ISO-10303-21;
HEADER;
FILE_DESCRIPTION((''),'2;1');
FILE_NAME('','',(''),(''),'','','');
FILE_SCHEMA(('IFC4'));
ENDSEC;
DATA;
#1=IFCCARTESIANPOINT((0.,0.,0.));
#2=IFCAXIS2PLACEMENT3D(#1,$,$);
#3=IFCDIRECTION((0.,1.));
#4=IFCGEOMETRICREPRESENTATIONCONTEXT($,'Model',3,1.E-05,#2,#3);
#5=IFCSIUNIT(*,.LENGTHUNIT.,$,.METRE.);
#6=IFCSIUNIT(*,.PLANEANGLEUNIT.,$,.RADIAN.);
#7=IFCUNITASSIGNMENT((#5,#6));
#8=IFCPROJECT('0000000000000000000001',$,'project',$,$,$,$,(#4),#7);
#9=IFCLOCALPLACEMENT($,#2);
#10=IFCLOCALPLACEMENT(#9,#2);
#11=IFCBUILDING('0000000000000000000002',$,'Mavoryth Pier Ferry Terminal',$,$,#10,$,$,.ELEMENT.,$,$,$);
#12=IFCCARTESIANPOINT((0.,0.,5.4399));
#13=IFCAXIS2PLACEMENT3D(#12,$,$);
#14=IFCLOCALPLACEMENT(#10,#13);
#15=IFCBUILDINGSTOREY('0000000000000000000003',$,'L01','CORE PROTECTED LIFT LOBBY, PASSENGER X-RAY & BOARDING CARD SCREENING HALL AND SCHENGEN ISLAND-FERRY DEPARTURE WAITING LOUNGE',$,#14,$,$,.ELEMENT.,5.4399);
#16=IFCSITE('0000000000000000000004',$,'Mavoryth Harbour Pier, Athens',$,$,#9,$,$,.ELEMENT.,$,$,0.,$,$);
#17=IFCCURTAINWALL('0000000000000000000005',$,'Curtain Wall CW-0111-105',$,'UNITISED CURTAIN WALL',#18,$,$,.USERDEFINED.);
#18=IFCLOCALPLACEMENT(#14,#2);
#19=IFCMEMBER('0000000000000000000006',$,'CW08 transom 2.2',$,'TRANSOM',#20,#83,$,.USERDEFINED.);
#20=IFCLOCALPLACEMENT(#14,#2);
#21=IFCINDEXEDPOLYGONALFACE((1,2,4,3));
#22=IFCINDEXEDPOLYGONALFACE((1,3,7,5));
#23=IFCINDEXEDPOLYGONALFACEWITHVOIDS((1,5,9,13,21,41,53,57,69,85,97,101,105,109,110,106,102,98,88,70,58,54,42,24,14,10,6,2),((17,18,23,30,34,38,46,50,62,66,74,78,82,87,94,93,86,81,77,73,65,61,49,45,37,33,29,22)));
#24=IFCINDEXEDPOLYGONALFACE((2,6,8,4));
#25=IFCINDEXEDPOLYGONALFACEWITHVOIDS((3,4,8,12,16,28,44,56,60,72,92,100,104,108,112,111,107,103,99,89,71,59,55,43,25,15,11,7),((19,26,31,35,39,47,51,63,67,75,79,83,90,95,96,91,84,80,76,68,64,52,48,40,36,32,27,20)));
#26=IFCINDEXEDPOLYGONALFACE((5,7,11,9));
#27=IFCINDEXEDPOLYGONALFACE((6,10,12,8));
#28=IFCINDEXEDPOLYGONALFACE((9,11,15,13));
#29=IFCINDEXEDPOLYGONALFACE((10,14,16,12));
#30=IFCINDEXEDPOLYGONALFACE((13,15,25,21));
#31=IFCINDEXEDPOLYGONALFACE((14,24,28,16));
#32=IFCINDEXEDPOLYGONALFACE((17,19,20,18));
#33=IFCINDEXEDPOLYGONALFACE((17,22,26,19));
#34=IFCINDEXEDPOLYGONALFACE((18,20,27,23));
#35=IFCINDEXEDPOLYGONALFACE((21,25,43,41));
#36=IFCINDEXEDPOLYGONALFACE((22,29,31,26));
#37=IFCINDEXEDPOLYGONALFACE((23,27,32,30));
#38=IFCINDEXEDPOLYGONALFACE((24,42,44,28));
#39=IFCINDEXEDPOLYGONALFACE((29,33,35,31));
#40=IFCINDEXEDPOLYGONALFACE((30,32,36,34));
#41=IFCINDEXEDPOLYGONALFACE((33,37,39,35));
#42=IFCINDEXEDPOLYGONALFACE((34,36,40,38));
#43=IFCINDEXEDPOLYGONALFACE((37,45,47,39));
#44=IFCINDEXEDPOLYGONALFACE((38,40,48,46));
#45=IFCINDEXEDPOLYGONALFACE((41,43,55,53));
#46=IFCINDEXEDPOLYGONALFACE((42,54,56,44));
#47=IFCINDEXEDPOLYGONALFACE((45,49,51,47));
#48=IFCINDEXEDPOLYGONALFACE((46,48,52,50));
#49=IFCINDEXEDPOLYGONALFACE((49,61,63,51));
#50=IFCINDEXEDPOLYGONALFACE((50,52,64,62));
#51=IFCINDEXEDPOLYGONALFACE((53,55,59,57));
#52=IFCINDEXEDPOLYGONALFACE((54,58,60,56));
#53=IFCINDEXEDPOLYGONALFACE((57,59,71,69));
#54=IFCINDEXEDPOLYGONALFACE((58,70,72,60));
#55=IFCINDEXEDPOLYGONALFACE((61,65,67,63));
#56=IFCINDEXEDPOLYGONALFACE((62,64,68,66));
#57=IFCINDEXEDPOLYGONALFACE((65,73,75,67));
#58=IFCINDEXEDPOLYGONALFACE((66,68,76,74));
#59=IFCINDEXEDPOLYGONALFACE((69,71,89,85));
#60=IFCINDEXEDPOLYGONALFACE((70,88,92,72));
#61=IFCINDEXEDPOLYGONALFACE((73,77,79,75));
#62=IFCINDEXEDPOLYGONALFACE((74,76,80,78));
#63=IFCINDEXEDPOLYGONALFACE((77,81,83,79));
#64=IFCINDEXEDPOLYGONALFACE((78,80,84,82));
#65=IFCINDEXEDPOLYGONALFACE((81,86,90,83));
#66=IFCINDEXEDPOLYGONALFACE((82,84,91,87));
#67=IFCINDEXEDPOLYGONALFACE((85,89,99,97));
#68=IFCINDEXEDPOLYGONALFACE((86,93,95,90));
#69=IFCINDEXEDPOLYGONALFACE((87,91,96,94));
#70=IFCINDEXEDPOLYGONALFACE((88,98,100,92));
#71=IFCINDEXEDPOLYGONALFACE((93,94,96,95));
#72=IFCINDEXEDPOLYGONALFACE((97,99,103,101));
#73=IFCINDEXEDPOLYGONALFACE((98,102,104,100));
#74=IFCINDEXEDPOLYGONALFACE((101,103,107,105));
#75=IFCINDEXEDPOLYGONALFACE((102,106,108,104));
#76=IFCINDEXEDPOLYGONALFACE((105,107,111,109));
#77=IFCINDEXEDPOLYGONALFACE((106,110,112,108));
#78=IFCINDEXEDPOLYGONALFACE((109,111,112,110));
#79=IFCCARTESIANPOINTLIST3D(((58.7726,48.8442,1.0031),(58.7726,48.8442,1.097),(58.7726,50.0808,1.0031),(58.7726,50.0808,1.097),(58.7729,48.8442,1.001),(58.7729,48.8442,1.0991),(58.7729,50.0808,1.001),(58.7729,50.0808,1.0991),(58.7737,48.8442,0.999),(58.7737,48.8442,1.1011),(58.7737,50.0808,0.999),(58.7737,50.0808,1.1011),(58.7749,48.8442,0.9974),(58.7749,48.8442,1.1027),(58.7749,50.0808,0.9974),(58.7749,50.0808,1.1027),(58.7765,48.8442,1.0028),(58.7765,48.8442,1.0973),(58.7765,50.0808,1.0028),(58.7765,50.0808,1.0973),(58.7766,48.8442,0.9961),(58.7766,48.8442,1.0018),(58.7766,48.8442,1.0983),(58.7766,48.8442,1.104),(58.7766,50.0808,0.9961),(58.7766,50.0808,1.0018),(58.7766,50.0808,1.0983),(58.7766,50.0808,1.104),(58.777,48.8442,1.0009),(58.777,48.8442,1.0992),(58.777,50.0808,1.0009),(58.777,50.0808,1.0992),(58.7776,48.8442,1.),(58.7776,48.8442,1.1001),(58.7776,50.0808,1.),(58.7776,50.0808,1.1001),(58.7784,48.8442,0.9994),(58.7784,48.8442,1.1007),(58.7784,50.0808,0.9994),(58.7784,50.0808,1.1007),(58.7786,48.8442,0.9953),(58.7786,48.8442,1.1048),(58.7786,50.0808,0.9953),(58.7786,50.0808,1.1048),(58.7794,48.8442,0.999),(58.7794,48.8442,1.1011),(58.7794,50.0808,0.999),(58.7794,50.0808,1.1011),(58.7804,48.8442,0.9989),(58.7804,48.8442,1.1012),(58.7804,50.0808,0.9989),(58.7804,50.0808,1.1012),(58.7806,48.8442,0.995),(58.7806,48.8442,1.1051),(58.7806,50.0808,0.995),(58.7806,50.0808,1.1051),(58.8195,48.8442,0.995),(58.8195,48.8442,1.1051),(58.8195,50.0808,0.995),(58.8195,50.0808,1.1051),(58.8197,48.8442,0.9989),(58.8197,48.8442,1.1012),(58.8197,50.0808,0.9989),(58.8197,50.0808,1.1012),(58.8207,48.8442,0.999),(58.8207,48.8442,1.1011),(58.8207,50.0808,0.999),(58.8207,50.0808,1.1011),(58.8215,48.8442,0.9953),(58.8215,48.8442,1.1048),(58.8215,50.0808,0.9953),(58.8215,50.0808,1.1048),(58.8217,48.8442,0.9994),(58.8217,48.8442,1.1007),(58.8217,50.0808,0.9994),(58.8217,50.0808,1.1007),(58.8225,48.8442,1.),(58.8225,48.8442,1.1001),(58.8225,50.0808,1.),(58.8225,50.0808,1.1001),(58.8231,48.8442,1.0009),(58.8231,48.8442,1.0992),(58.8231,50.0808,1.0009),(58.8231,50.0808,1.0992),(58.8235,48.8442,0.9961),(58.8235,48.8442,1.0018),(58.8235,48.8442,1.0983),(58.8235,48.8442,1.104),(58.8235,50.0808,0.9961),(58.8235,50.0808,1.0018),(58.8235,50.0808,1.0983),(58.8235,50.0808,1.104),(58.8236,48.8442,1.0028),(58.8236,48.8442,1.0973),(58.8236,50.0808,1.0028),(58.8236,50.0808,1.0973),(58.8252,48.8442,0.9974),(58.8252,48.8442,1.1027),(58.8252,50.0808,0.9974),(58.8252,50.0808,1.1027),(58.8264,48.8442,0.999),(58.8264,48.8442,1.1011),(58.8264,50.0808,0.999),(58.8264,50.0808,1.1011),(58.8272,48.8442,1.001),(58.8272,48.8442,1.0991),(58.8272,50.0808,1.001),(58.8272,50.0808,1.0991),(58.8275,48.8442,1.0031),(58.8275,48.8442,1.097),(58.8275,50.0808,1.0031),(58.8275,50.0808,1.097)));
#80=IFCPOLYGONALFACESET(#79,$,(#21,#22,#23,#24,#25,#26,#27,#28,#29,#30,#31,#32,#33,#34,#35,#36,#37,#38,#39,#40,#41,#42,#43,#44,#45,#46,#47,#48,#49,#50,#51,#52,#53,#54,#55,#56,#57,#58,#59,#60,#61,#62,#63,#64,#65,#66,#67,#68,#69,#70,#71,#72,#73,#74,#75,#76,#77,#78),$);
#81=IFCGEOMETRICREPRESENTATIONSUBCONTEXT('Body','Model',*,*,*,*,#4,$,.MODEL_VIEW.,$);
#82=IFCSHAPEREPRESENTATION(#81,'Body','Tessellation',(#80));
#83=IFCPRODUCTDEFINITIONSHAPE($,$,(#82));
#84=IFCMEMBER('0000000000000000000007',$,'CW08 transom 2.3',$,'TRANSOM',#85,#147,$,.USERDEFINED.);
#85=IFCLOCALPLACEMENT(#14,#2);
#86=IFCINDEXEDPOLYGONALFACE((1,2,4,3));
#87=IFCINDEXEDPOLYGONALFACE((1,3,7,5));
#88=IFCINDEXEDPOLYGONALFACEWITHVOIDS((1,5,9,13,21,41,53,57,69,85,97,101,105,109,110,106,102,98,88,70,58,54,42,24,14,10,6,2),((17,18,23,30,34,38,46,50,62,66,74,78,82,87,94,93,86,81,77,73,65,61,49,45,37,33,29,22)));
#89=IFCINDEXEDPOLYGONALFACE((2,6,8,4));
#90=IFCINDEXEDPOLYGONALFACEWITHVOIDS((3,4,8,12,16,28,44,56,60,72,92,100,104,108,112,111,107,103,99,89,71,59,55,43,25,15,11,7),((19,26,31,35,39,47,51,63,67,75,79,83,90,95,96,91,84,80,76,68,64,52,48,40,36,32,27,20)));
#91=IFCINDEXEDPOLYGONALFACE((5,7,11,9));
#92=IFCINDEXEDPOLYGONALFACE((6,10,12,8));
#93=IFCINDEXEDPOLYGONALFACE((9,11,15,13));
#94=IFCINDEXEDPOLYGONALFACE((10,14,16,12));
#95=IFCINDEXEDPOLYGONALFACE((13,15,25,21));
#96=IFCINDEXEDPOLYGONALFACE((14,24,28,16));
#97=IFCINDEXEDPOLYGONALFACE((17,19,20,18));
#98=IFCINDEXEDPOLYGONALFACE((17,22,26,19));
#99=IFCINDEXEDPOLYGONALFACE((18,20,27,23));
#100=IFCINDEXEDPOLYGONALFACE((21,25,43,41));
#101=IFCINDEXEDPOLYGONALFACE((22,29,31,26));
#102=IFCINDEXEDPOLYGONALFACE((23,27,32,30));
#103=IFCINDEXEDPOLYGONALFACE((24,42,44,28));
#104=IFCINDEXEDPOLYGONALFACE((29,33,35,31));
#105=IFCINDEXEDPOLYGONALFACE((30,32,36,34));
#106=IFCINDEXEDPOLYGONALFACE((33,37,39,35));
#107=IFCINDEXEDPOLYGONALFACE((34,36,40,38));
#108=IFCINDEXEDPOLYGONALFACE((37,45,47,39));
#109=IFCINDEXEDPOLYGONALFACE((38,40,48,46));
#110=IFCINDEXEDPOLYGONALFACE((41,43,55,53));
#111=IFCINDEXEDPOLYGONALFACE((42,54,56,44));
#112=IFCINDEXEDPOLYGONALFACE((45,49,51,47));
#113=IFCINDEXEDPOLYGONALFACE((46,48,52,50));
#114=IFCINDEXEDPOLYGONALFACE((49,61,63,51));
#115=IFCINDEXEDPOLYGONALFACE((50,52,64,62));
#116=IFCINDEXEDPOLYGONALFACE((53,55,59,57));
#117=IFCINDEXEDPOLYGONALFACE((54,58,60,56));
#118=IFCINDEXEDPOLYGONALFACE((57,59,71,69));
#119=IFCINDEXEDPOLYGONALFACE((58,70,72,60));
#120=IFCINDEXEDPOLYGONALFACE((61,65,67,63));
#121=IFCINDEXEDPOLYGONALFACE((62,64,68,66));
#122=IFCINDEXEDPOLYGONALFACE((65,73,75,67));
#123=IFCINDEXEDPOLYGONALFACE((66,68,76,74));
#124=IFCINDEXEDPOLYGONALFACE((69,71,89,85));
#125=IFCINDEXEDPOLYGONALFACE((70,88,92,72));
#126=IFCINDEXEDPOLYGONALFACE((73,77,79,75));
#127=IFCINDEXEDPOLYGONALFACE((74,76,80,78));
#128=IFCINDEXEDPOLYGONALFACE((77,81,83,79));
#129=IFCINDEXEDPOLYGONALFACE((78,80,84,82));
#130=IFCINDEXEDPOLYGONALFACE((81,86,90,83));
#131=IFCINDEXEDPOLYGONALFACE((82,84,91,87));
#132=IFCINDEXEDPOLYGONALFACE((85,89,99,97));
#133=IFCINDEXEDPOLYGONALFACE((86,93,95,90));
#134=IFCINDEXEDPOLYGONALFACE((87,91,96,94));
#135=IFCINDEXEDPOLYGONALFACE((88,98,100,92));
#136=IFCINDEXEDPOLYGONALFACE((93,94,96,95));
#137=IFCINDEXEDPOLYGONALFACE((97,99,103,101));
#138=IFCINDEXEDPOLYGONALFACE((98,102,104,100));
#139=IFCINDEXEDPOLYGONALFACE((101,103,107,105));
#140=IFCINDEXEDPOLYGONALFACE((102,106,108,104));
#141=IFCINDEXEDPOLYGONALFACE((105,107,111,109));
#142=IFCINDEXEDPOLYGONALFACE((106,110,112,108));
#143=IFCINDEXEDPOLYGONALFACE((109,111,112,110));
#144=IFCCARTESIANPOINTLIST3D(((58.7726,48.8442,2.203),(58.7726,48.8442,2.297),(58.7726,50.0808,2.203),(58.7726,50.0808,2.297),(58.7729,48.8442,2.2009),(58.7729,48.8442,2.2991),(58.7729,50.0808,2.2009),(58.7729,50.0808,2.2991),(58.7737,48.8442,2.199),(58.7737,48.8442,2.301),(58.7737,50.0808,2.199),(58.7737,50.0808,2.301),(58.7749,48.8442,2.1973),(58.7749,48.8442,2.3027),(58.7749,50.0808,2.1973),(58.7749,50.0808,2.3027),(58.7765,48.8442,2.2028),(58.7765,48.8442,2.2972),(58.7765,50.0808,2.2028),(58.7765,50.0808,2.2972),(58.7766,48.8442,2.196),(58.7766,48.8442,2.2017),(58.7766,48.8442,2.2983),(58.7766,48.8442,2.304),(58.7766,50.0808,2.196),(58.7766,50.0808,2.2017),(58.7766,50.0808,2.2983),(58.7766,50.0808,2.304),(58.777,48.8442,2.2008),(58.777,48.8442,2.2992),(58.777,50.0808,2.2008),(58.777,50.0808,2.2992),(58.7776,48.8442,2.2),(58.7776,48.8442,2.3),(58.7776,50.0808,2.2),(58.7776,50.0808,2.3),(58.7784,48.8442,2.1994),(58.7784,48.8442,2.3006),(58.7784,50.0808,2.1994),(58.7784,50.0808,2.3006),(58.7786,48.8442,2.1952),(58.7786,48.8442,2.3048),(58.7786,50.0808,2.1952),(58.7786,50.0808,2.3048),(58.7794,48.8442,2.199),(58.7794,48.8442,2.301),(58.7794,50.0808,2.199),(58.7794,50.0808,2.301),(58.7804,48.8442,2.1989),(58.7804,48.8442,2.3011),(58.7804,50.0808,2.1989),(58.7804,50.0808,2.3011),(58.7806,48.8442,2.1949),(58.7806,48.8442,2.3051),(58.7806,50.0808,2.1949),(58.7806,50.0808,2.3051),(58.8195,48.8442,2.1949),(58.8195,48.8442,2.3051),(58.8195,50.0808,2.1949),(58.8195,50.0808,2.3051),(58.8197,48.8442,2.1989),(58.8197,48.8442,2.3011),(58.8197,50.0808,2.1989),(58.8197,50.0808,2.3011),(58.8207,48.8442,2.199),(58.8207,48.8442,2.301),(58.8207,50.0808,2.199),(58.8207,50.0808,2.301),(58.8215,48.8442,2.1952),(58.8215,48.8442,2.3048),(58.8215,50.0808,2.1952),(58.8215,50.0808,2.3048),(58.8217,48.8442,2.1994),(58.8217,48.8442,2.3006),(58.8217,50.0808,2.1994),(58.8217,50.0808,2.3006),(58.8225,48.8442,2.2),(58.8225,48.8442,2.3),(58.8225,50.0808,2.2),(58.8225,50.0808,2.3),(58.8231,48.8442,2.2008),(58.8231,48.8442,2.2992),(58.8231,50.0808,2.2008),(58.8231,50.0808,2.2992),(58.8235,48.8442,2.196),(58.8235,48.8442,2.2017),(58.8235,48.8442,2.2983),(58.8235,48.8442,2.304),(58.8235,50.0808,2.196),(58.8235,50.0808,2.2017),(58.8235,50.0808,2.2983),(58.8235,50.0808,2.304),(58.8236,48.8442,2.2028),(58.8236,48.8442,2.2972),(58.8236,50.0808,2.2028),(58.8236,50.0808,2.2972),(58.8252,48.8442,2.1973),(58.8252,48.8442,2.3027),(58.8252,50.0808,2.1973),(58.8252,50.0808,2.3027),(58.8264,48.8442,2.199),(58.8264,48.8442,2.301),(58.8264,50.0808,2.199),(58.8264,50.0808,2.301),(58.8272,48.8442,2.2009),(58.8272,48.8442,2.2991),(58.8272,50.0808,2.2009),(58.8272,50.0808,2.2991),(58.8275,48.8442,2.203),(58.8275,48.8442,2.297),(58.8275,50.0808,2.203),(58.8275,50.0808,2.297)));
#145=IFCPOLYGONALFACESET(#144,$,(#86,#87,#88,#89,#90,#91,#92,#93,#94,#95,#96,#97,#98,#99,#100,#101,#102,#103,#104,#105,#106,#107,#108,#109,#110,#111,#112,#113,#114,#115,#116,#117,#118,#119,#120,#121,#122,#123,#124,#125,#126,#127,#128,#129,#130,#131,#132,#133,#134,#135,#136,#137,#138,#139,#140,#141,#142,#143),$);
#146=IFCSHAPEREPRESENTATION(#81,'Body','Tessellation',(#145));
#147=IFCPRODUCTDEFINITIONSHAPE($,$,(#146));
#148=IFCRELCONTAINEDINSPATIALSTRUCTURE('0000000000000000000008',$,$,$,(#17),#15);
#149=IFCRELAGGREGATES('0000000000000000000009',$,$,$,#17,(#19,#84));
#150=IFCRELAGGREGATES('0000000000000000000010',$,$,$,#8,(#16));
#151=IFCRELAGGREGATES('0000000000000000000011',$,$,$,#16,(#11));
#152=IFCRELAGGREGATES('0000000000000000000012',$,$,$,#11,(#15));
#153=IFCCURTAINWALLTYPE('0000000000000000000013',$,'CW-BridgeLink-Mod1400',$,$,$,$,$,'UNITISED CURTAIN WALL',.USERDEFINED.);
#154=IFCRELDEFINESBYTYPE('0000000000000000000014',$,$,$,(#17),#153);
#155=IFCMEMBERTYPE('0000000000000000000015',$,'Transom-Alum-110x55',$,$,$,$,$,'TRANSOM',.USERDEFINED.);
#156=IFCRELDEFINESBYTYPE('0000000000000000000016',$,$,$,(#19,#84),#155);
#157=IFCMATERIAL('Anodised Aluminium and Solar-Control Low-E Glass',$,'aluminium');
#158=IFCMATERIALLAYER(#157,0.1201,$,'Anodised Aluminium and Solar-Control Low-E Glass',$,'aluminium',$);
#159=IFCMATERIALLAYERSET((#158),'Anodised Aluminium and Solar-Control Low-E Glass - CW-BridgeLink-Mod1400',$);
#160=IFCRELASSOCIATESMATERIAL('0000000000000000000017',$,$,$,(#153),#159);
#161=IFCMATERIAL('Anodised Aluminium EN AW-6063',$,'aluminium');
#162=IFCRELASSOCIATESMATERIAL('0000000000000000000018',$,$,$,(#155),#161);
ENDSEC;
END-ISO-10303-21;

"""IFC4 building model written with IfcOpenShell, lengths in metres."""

from ifc_helpers import new_model, si_unit, direction, frame, origin, origin_2d, place, context, subcontext, project, spatial, hollow_rectangle, extrude, material, layer, layer_set, material_profile, profile_set, type_object, element, aggregate, save


model = new_model("IFC4")

# Units and contexts
model_context = context("Model", 3, precision=1e-05, world=origin(), true_north=direction((0.0, 1.0)))
body_context = subcontext(model_context, "Body", "Model", "MODEL_VIEW")
ifc_project = project(units=[si_unit("LENGTHUNIT", "METRE"), si_unit("PLANEANGLEUNIT", "RADIAN")], contexts=[model_context])

# Site, building, storey
site_placement = place(None, origin())
site = spatial("IfcSite", under=ifc_project, at=site_placement, Name="Mavoryth Harbour Pier, Athens", CompositionType="ELEMENT", RefElevation=0.0)
building_placement = place(site_placement, origin())
building = spatial("IfcBuilding", under=site, at=building_placement, Name="Mavoryth Pier Ferry Terminal", CompositionType="ELEMENT")
storey_placement = place(building_placement, frame((0.0, 0.0, 5.4399)))
storey = spatial("IfcBuildingStorey", under=building, at=storey_placement, Name="L01", Description="CORE PROTECTED LIFT LOBBY, PASSENGER X-RAY & BOARDING CARD SCREENING HALL AND SCHENGEN ISLAND-FERRY DEPARTURE WAITING LOUNGE", CompositionType="ELEMENT", Elevation=5.4399)

# Curtain wall, members
ifc_material_1 = material(Name="Anodised Aluminium and Solar-Control Low-E Glass", Category="aluminium")
ifc_layer_1 = layer(ifc_material_1, 0.1201, Name="Anodised Aluminium and Solar-Control Low-E Glass", Category="aluminium")
ifc_layer_set_1 = layer_set([ifc_layer_1], Name="Anodised Aluminium and Solar-Control Low-E Glass - CW-BridgeLink-Mod1400")
curtain_wall_type = type_object("IfcCurtainWallType", Name="CW-BridgeLink-Mod1400", ElementType="UNITISED CURTAIN WALL", PredefinedType="USERDEFINED", material=ifc_layer_set_1)
curtain_wall_placement = place(storey_placement, origin())
curtain_wall = element("IfcCurtainWall", 1, at=curtain_wall_placement, inside=storey, type_object=curtain_wall_type, Name="Curtain Wall CW-0111-105", ObjectType="UNITISED CURTAIN WALL", PredefinedType="USERDEFINED")
ifc_material_2 = material(Name="Anodised Aluminium EN AW-6063", Category="aluminium")
ifc_material_profile_1 = material_profile(ifc_material_2, hollow_rectangle(XDim=0.0549, YDim=0.1101, WallThickness=0.0039, InnerFilletRadius=0.0039, OuterFilletRadius=0.0081, at=origin_2d()), Name="AL-TRAN 110x55x4", Category="aluminium")
ifc_profile_set_1 = profile_set([ifc_material_profile_1], Name="Anodised Aluminium EN AW-6063 - AL-TRAN 110x55x4")
member_type_1 = type_object("IfcMemberType", Name="Transom-Alum-110x55", ElementType="TRANSOM", PredefinedType="USERDEFINED", material=ifc_profile_set_1)
member_1_placement = place(storey_placement, frame((58.8, 48.8442, 1.05), z_axis=(0.0, 1.0, 0.0), x_axis=(-1.0, 0.0, 0.0)))
member_1 = element("IfcMember", 2, at=member_1_placement, type_object=member_type_1, Name="CW08 transom 2.2", ObjectType="TRANSOM", PredefinedType="USERDEFINED", context=body_context, shape_type="SweptSolid", body=[
    extrude(hollow_rectangle(XDim=0.0549, YDim=0.1101, WallThickness=0.0039, InnerFilletRadius=0.0039, OuterFilletRadius=0.0081, at=origin_2d()), origin(), (0.0, 0.0, 1.0), 1.2366),
])
member_2_placement = place(storey_placement, frame((58.8, 48.8442, 2.25), z_axis=(0.0, 1.0, 0.0), x_axis=(-1.0, 0.0, 0.0)))
member_2 = element("IfcMember", 3, at=member_2_placement, type_object=member_type_1, Name="CW08 transom 2.3", ObjectType="TRANSOM", PredefinedType="USERDEFINED", context=body_context, shape_type="SweptSolid", body=[
    extrude(hollow_rectangle(XDim=0.0549, YDim=0.1101, WallThickness=0.0039, InnerFilletRadius=0.0039, OuterFilletRadius=0.0081, at=origin_2d()), origin(), (0.0, 0.0, 1.0), 1.2366),
])
aggregate(curtain_wall, [member_1, member_2])

save(model, "model.ifc")
